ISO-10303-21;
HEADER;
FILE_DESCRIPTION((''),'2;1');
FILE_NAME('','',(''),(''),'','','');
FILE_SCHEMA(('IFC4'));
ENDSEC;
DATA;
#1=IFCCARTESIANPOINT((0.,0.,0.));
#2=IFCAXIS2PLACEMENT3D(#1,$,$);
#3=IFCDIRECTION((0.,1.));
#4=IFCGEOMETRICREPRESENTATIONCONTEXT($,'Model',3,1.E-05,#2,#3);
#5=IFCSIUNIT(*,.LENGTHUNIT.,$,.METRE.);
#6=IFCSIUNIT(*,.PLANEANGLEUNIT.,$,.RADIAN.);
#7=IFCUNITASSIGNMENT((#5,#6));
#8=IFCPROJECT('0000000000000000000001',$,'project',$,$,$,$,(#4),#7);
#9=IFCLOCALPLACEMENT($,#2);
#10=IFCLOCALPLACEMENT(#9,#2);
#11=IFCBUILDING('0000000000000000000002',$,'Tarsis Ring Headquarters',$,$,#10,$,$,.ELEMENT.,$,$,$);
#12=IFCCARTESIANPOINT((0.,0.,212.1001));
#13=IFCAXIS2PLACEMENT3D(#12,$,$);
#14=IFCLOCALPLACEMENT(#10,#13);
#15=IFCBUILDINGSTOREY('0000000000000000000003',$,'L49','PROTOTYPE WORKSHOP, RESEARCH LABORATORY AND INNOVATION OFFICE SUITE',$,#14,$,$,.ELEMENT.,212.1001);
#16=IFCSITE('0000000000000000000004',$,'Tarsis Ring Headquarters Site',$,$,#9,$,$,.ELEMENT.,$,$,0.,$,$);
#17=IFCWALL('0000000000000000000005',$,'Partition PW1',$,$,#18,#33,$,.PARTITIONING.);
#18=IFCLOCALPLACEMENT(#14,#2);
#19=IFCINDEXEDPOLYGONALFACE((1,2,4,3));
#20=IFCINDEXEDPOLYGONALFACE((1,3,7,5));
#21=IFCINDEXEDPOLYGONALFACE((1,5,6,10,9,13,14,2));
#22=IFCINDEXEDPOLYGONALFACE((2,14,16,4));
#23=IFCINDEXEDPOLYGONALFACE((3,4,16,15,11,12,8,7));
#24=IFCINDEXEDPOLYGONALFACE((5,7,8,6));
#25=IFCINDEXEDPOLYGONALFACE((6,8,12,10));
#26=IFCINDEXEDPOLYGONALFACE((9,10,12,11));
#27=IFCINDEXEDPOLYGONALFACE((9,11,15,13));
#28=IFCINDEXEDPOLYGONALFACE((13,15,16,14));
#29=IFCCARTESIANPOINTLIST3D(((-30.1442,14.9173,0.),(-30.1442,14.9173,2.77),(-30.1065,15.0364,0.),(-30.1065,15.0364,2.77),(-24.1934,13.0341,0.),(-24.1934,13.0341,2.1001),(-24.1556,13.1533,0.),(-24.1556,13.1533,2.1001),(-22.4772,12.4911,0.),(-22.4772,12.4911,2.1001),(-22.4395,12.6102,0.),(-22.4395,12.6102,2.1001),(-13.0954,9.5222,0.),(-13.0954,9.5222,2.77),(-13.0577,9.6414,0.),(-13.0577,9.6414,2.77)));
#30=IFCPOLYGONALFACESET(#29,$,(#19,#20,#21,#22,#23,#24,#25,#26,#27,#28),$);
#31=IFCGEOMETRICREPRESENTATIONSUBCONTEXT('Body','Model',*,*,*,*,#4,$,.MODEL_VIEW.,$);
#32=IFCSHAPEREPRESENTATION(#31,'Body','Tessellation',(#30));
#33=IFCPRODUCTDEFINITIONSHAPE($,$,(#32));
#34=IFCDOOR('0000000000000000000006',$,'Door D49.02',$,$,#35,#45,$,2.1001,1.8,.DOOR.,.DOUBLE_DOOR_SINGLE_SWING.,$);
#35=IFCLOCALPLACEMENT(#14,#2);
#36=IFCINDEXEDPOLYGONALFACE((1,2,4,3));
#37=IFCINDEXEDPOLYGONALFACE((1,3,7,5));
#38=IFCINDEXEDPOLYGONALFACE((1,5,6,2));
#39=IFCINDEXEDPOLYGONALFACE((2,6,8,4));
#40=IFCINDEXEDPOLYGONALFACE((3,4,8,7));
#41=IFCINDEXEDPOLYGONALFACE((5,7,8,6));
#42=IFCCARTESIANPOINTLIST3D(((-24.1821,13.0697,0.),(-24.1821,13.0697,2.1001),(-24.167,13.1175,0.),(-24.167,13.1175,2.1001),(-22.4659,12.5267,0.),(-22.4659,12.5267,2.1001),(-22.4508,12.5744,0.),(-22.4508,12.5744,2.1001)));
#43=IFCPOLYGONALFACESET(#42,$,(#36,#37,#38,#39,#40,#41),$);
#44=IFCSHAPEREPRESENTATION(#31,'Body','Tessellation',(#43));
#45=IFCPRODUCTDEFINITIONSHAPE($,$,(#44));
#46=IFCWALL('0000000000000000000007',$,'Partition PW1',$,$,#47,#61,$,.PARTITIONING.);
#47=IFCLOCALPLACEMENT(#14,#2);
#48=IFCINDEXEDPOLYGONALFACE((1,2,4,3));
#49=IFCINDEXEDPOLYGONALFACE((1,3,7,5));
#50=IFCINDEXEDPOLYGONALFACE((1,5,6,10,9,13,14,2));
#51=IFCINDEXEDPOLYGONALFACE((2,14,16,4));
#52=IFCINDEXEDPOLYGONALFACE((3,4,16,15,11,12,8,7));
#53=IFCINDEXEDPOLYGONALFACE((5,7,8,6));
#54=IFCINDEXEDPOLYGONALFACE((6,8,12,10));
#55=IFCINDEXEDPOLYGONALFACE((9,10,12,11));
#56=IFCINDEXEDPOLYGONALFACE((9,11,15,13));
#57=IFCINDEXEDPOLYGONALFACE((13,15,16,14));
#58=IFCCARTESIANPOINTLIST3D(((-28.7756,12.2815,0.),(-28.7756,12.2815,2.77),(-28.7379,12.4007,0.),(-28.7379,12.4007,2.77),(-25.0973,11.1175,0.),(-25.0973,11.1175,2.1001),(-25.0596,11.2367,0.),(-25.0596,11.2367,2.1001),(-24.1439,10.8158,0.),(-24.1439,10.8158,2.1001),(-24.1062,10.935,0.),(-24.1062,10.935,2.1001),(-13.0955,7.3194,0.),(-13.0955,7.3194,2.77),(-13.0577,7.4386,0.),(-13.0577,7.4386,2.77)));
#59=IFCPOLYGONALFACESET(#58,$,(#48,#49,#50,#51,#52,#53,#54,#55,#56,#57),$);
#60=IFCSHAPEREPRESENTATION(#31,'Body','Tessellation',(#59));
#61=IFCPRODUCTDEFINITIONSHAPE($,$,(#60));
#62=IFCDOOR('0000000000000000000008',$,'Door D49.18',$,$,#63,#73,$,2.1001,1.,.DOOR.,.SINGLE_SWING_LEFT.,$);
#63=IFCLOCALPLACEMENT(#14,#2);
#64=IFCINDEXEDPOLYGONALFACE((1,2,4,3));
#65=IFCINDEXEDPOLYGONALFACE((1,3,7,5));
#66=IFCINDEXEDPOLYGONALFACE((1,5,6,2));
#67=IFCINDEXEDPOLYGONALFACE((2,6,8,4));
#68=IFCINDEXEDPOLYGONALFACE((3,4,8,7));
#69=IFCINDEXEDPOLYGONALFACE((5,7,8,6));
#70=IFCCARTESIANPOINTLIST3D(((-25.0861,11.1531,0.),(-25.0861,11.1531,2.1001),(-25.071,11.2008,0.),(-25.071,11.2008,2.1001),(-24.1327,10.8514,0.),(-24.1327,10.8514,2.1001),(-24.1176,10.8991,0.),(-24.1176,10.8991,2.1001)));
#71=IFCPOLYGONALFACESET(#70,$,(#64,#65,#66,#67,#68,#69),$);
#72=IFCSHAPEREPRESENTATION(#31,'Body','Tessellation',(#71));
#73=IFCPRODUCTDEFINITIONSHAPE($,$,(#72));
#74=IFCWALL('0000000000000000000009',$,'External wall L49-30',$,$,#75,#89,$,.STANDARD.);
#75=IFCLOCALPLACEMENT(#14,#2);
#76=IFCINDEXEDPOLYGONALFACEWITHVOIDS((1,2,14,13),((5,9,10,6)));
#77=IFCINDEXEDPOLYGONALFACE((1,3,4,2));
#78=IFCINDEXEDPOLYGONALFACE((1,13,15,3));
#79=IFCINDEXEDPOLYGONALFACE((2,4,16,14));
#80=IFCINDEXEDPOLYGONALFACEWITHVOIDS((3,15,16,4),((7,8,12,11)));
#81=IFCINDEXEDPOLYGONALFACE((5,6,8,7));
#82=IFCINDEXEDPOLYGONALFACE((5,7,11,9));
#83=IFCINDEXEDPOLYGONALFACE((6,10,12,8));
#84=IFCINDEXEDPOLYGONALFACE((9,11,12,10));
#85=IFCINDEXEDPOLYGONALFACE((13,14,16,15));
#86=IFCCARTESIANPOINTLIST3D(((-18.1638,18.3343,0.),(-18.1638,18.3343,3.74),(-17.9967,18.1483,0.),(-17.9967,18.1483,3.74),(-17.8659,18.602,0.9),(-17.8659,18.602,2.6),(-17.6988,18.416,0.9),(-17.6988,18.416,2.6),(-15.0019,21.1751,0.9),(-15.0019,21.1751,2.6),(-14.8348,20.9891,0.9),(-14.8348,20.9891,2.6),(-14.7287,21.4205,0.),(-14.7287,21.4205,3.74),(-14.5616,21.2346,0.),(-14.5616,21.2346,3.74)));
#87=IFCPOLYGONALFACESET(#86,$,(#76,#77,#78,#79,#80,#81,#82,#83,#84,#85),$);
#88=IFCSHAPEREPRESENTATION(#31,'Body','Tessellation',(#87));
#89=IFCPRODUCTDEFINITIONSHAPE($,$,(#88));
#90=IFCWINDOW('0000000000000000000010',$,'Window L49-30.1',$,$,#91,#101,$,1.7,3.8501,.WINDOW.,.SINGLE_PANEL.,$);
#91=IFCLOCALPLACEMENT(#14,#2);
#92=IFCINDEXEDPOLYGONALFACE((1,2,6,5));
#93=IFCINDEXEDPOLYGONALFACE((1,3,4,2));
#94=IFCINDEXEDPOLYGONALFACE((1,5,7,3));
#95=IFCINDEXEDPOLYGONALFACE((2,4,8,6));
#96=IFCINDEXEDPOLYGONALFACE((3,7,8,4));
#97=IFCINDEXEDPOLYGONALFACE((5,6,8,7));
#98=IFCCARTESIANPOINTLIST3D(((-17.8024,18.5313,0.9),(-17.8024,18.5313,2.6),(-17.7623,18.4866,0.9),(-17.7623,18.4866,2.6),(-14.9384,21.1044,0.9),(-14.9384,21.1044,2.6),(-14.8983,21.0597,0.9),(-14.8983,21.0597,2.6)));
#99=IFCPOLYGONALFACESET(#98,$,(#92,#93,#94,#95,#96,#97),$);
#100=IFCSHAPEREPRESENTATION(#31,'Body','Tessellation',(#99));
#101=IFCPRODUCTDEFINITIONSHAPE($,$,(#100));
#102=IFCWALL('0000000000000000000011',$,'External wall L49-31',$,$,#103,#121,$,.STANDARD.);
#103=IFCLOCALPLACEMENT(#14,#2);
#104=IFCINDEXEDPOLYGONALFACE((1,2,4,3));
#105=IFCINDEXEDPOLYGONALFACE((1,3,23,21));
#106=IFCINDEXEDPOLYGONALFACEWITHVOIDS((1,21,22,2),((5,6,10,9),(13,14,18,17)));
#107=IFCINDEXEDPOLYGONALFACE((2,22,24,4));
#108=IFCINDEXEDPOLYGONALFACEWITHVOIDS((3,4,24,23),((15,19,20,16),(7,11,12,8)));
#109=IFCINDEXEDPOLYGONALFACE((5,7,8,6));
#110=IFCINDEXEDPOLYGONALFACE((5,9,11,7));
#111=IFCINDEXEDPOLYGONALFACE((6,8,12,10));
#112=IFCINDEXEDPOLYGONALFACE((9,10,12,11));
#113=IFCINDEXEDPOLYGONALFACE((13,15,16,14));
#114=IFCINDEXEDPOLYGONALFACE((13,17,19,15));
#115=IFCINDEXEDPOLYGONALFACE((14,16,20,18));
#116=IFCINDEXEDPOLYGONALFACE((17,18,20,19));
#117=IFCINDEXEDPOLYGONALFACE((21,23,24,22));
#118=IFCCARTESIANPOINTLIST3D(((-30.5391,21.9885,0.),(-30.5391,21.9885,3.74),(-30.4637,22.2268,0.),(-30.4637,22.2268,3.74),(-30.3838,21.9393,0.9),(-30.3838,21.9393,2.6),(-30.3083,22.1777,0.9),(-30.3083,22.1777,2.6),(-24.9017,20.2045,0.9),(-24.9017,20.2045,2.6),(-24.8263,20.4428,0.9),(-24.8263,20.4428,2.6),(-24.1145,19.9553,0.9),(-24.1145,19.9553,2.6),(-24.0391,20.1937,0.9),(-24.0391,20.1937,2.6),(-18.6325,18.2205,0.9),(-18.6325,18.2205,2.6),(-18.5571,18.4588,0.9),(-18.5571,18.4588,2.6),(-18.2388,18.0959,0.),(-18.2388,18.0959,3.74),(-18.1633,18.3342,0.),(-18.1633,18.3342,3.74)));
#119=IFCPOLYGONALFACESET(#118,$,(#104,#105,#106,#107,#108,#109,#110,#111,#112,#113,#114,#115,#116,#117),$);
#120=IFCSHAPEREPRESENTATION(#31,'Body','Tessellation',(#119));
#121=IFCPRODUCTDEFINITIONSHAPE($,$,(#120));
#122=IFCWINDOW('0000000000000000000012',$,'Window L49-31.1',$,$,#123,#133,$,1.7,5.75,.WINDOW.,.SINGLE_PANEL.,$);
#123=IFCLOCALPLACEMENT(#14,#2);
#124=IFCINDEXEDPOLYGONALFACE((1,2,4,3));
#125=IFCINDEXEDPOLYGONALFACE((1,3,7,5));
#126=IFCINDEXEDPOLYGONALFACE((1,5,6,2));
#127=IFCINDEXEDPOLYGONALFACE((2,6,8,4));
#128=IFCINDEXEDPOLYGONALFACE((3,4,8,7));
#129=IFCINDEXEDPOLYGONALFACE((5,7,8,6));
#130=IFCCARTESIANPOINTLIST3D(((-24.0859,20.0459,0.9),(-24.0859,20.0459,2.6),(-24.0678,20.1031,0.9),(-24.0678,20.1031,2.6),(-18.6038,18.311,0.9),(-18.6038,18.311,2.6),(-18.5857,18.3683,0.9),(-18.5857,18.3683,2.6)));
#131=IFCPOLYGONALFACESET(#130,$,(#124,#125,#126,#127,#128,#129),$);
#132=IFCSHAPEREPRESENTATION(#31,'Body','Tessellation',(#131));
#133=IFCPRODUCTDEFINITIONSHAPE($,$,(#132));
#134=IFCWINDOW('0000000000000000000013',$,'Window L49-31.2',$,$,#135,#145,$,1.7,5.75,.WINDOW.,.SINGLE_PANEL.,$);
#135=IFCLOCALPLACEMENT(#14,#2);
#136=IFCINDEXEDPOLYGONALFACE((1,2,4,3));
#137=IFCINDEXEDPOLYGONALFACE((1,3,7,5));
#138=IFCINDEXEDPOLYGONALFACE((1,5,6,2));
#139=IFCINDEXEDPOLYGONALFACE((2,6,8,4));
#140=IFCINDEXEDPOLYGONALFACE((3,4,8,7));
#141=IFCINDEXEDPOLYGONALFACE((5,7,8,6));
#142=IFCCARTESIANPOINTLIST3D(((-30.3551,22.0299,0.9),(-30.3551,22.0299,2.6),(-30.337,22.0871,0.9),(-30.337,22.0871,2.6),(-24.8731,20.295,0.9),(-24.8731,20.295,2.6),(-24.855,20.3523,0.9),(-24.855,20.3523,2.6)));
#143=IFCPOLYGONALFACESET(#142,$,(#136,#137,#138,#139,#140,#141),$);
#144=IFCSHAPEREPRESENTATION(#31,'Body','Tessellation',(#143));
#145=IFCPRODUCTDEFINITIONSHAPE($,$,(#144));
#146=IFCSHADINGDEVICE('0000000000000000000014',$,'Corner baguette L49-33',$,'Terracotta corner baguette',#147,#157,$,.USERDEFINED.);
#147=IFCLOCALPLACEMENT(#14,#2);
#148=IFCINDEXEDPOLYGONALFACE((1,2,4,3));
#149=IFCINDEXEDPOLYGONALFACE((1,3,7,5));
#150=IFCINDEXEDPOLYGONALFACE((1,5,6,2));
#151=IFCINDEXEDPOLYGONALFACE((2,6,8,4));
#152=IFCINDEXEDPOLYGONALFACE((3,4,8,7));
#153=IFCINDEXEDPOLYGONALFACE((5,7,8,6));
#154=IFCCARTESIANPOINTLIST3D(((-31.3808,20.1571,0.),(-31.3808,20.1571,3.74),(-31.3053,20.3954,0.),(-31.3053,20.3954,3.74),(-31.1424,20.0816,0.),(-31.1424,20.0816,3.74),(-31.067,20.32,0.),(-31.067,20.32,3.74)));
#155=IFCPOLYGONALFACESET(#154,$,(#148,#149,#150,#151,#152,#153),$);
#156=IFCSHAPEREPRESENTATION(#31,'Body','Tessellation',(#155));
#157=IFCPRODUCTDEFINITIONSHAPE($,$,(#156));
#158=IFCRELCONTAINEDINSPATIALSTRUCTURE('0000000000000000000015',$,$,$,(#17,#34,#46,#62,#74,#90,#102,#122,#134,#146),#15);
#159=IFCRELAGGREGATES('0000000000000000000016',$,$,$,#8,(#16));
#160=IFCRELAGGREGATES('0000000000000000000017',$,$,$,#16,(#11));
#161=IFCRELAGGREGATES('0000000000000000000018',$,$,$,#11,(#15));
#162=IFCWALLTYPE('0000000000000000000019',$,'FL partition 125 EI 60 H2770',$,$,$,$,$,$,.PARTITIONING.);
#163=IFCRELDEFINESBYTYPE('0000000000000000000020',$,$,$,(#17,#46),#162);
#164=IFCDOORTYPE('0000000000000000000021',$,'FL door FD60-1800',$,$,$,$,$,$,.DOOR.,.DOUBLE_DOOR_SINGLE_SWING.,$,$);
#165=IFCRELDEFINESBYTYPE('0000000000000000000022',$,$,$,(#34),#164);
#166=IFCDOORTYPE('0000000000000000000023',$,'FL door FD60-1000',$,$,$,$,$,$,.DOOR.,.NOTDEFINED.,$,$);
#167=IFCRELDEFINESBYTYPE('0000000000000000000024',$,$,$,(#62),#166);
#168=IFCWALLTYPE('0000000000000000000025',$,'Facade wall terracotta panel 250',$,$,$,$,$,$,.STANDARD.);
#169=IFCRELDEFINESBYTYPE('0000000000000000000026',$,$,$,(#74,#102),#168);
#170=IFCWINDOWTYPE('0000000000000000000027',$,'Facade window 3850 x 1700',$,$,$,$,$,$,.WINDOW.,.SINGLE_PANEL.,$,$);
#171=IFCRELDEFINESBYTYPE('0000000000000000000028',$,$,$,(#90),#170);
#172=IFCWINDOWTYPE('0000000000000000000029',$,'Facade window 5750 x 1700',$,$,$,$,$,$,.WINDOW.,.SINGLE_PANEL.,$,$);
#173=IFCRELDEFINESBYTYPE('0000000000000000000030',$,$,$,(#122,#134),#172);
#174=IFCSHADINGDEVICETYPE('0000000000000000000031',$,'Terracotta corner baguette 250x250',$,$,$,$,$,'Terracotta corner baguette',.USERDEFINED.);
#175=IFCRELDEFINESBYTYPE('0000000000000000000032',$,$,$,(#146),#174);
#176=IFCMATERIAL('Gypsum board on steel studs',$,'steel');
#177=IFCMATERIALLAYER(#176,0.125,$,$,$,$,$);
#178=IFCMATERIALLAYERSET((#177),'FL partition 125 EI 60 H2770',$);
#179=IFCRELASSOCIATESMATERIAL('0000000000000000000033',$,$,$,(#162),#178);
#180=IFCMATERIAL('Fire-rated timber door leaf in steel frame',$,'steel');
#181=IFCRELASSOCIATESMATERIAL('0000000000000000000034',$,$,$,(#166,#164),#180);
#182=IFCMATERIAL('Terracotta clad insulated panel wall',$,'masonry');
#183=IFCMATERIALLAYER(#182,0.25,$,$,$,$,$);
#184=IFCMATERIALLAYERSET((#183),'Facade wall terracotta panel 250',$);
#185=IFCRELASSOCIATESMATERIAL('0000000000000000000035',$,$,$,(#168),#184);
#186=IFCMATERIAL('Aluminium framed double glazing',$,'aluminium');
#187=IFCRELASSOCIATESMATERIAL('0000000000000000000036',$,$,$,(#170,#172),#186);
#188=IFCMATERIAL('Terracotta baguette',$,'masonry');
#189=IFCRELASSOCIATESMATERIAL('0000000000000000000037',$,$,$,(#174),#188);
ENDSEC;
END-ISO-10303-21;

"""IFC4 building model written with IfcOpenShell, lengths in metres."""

from ifc_helpers import new_model, si_unit, direction, frame, frame_2d, origin, origin_2d, place, context, subcontext, project, spatial, rectangle, extrude, material, layer, layer_set, type_object, element, fill, save


model = new_model("IFC4")

# Units and contexts
model_context = context("Model", 3, precision=1e-05, world=origin(), true_north=direction((0.0, 1.0)))
body_context = subcontext(model_context, "Body", "Model", "MODEL_VIEW")
ifc_project = project(units=[si_unit("LENGTHUNIT", "METRE"), si_unit("PLANEANGLEUNIT", "RADIAN")], contexts=[model_context])

# Site, building, storey
site_placement = place(None, origin())
site = spatial("IfcSite", under=ifc_project, at=site_placement, Name="Tarsis Ring Headquarters Site", CompositionType="ELEMENT", RefElevation=0.0)
building_placement = place(site_placement, origin())
building = spatial("IfcBuilding", under=site, at=building_placement, Name="Tarsis Ring Headquarters", CompositionType="ELEMENT")
storey_placement = place(building_placement, frame((0.0, 0.0, 212.1001)))
storey = spatial("IfcBuildingStorey", under=building, at=storey_placement, Name="L49", Description="PROTOTYPE WORKSHOP, RESEARCH LABORATORY AND INNOVATION OFFICE SUITE", CompositionType="ELEMENT", Elevation=212.1001)

# Shared definitions
ifc_material_1 = material(Name="Gypsum board on steel studs", Category="steel")

# Shared definitions
ifc_layer_1 = layer(ifc_material_1, 0.125)
ifc_layer_set_1 = layer_set([ifc_layer_1], Name="FL partition 125 EI 60 H2770")
wall_type_1 = type_object("IfcWallType", Name="FL partition 125 EI 60 H2770", PredefinedType="PARTITIONING", material=ifc_layer_set_1)
ifc_material_2 = material(Name="Fire-rated timber door leaf in steel frame", Category="steel")
door_type_1 = type_object("IfcDoorType", Name="FL door FD60-1000", OperationType="NOTDEFINED", PredefinedType="DOOR", material=ifc_material_2)
door_type_2 = type_object("IfcDoorType", Name="FL door FD60-1800", OperationType="DOUBLE_DOOR_SINGLE_SWING", PredefinedType="DOOR", material=ifc_material_2)

# Walls, openings, doors
wall_1_placement = place(storey_placement, frame((-30.1252, 14.9768, 0.0), z_axis=(0.0, 0.0, 1.0), x_axis=(0.953403, -0.3017, 0.0)))
wall_1 = element("IfcWall", 1, at=wall_1_placement, inside=storey, type_object=wall_type_1, Name="Partition PW1", PredefinedType="PARTITIONING", context=body_context, shape_type="SweptSolid", body=[
    extrude(rectangle(XDim=17.8821, YDim=0.125, at=frame_2d((8.9409, 0.0))), origin(), (0.0, 0.0, 1.0), 2.77),
])
opening_1_placement = place(wall_1_placement, frame((6.2417, 0.0, 0.0)))
opening_1 = element("IfcOpeningElement", 2, at=opening_1_placement, cuts=wall_1, PredefinedType="OPENING", context=body_context, shape_type="SweptSolid", body=[
    extrude(rectangle(XDim=1.8, YDim=2.1001, at=frame_2d((0.8999, 1.05))), frame((0.0, 0.0725, 0.0), z_axis=(0.0, -1.0, 0.0), x_axis=(1.0, 0.0, 0.0)), (0.0, 0.0, 1.0), 0.145),
])
door_1_placement = place(opening_1_placement, origin())
door_1 = element("IfcDoor", 3, at=door_1_placement, inside=storey, type_object=door_type_2, Name="Door D49.02", OperationType="DOUBLE_DOOR_SINGLE_SWING", OverallHeight=2.1001, OverallWidth=1.8, PredefinedType="DOOR", context=body_context, shape_type="SweptSolid", body=[
    extrude(rectangle(XDim=1.8, YDim=2.1001, at=frame_2d((0.8999, 1.05))), frame((0.0, 0.0249, 0.0), z_axis=(0.0, -1.0, 0.0), x_axis=(1.0, 0.0, 0.0)), (0.0, 0.0, 1.0), 0.05),
])
fill(opening_1, door_1)
wall_2_placement = place(storey_placement, frame((-28.7566, 12.3411, 0.0), z_axis=(0.0, 0.0, 1.0), x_axis=(0.953399, -0.301713, 0.0)))
wall_2 = element("IfcWall", 4, at=wall_2_placement, inside=storey, type_object=wall_type_1, Name="Partition PW1", PredefinedType="PARTITIONING", context=body_context, shape_type="SweptSolid", body=[
    extrude(rectangle(XDim=16.4465, YDim=0.125, at=frame_2d((8.2231, 0.0))), origin(), (0.0, 0.0, 1.0), 2.77),
])
opening_2_placement = place(wall_2_placement, frame((3.8579, 0.0, 0.0)))
opening_2 = element("IfcOpeningElement", 5, at=opening_2_placement, cuts=wall_2, PredefinedType="OPENING", context=body_context, shape_type="SweptSolid", body=[
    extrude(rectangle(XDim=1.0, YDim=2.1001, at=frame_2d((0.5, 1.05))), frame((0.0, 0.0725, 0.0), z_axis=(0.0, -1.0, 0.0), x_axis=(1.0, 0.0, 0.0)), (0.0, 0.0, 1.0), 0.145),
])
door_2_placement = place(opening_2_placement, origin())
door_2 = element("IfcDoor", 6, at=door_2_placement, inside=storey, type_object=door_type_1, Name="Door D49.18", OperationType="SINGLE_SWING_LEFT", OverallHeight=2.1001, OverallWidth=1.0, PredefinedType="DOOR", context=body_context, shape_type="SweptSolid", body=[
    extrude(rectangle(XDim=1.0, YDim=2.1001, at=frame_2d((0.5, 1.05))), frame((0.0, 0.0249, 0.0), z_axis=(0.0, -1.0, 0.0), x_axis=(1.0, 0.0, 0.0)), (0.0, 0.0, 1.0), 0.05),
])
fill(opening_2, door_2)

# Wall, opening, window
ifc_material_3 = material(Name="Terracotta clad insulated panel wall", Category="masonry")
ifc_layer_2 = layer(ifc_material_3, 0.25)
ifc_layer_set_2 = layer_set([ifc_layer_2], Name="Facade wall terracotta panel 250")
wall_type_2 = type_object("IfcWallType", Name="Facade wall terracotta panel 250", PredefinedType="STANDARD", material=ifc_layer_set_2)
wall_3_placement = place(storey_placement, frame((-14.645, 21.3276, 0.0), z_axis=(0.0, 0.0, 1.0), x_axis=(-0.743872, -0.668322, 0.0)))
wall_3 = element("IfcWall", 7, at=wall_3_placement, inside=storey, type_object=wall_type_2, Name="External wall L49-30", PredefinedType="STANDARD", context=body_context, shape_type="SweptSolid", body=[
    extrude(rectangle(XDim=4.6179, YDim=0.25, at=frame_2d((2.3091, 0.0))), origin(), (0.0, 0.0, 1.0), 3.74),
])
opening_3_placement = place(wall_3_placement, frame((0.3674, 0.0, 0.8999)))
opening_3 = element("IfcOpeningElement", 8, at=opening_3_placement, cuts=wall_3, PredefinedType="OPENING", context=body_context, shape_type="SweptSolid", body=[
    extrude(rectangle(XDim=3.8501, YDim=1.7, at=frame_2d((1.925, 0.8501))), frame((0.0, 0.135, 0.0), z_axis=(0.0, -1.0, 0.0), x_axis=(1.0, 0.0, 0.0)), (0.0, 0.0, 1.0), 0.27),
])
ifc_material_4 = material(Name="Aluminium framed double glazing", Category="aluminium")
window_type_1 = type_object("IfcWindowType", Name="Facade window 3850 x 1700", PartitioningType="SINGLE_PANEL", PredefinedType="WINDOW", material=ifc_material_4)
window_1_placement = place(opening_3_placement, origin())
window_1 = element("IfcWindow", 9, at=window_1_placement, inside=storey, type_object=window_type_1, Name="Window L49-30.1", OverallHeight=1.7, OverallWidth=3.8501, PartitioningType="SINGLE_PANEL", PredefinedType="WINDOW", context=body_context, shape_type="SweptSolid", body=[
    extrude(rectangle(XDim=3.8501, YDim=1.7, at=frame_2d((1.925, 0.8501))), frame((0.0, 0.03, 0.0), z_axis=(0.0, -1.0, 0.0), x_axis=(1.0, 0.0, 0.0)), (0.0, 0.0, 1.0), 0.0601),
])
fill(opening_3, window_1)

# Wall, openings, windows
wall_4_placement = place(storey_placement, frame((-18.2012, 18.2151, 0.0), z_axis=(0.0, 0.0, 1.0), x_axis=(-0.953398, 0.301715, 0.0)))
wall_4 = element("IfcWall", 10, at=wall_4_placement, inside=storey, type_object=wall_type_2, Name="External wall L49-31", PredefinedType="STANDARD", context=body_context, shape_type="SweptSolid", body=[
    extrude(rectangle(XDim=12.9016, YDim=0.25, at=frame_2d((6.4507, 0.0))), origin(), (0.0, 0.0, 1.0), 3.74),
])
opening_4_placement = place(wall_4_placement, frame((0.4128, 0.0, 0.8999)))
opening_4 = element("IfcOpeningElement", 11, at=opening_4_placement, cuts=wall_4, PredefinedType="OPENING", context=body_context, shape_type="SweptSolid", body=[
    extrude(rectangle(XDim=5.75, YDim=1.7, at=frame_2d((2.875, 0.8501))), frame((0.0, 0.135, 0.0), z_axis=(0.0, -1.0, 0.0), x_axis=(1.0, 0.0, 0.0)), (0.0, 0.0, 1.0), 0.27),
])
opening_5_placement = place(wall_4_placement, frame((6.9885, 0.0, 0.8999)))
opening_5 = element("IfcOpeningElement", 12, at=opening_5_placement, cuts=wall_4, PredefinedType="OPENING", context=body_context, shape_type="SweptSolid", body=[
    extrude(rectangle(XDim=5.75, YDim=1.7, at=frame_2d((2.875, 0.8501))), frame((0.0, 0.135, 0.0), z_axis=(0.0, -1.0, 0.0), x_axis=(1.0, 0.0, 0.0)), (0.0, 0.0, 1.0), 0.27),
])
window_type_2 = type_object("IfcWindowType", Name="Facade window 5750 x 1700", PartitioningType="SINGLE_PANEL", PredefinedType="WINDOW", material=ifc_material_4)
window_2_placement = place(opening_4_placement, origin())
window_2 = element("IfcWindow", 13, at=window_2_placement, inside=storey, type_object=window_type_2, Name="Window L49-31.1", OverallHeight=1.7, OverallWidth=5.75, PartitioningType="SINGLE_PANEL", PredefinedType="WINDOW", context=body_context, shape_type="SweptSolid", body=[
    extrude(rectangle(XDim=5.75, YDim=1.7, at=frame_2d((2.875, 0.8501))), frame((0.0, 0.03, 0.0), z_axis=(0.0, -1.0, 0.0), x_axis=(1.0, 0.0, 0.0)), (0.0, 0.0, 1.0), 0.0601),
])
fill(opening_4, window_2)
window_3_placement = place(opening_5_placement, origin())
window_3 = element("IfcWindow", 14, at=window_3_placement, inside=storey, type_object=window_type_2, Name="Window L49-31.2", OverallHeight=1.7, OverallWidth=5.75, PartitioningType="SINGLE_PANEL", PredefinedType="WINDOW", context=body_context, shape_type="SweptSolid", body=[
    extrude(rectangle(XDim=5.75, YDim=1.7, at=frame_2d((2.875, 0.8501))), frame((0.0, 0.03, 0.0), z_axis=(0.0, -1.0, 0.0), x_axis=(1.0, 0.0, 0.0)), (0.0, 0.0, 1.0), 0.0601),
])
fill(opening_5, window_3)

# Shading device
ifc_material_5 = material(Name="Terracotta baguette", Category="masonry")
shading_device_type = type_object("IfcShadingDeviceType", Name="Terracotta corner baguette 250x250", ElementType="Terracotta corner baguette", PredefinedType="USERDEFINED", material=ifc_material_5)
shading_device_placement = place(storey_placement, frame((-31.2239, 20.2385, 0.0), z_axis=(0.0, 0.0, 1.0), x_axis=(-0.301704, -0.953402, 0.0)))
element("IfcShadingDevice", 15, at=shading_device_placement, inside=storey, type_object=shading_device_type, Name="Corner baguette L49-33", ObjectType="Terracotta corner baguette", PredefinedType="USERDEFINED", context=body_context, shape_type="SweptSolid", body=[
    extrude(rectangle(XDim=0.25, YDim=0.25, at=origin_2d()), origin(), (0.0, 0.0, 1.0), 3.74),
])

save(model, "model.ifc")
